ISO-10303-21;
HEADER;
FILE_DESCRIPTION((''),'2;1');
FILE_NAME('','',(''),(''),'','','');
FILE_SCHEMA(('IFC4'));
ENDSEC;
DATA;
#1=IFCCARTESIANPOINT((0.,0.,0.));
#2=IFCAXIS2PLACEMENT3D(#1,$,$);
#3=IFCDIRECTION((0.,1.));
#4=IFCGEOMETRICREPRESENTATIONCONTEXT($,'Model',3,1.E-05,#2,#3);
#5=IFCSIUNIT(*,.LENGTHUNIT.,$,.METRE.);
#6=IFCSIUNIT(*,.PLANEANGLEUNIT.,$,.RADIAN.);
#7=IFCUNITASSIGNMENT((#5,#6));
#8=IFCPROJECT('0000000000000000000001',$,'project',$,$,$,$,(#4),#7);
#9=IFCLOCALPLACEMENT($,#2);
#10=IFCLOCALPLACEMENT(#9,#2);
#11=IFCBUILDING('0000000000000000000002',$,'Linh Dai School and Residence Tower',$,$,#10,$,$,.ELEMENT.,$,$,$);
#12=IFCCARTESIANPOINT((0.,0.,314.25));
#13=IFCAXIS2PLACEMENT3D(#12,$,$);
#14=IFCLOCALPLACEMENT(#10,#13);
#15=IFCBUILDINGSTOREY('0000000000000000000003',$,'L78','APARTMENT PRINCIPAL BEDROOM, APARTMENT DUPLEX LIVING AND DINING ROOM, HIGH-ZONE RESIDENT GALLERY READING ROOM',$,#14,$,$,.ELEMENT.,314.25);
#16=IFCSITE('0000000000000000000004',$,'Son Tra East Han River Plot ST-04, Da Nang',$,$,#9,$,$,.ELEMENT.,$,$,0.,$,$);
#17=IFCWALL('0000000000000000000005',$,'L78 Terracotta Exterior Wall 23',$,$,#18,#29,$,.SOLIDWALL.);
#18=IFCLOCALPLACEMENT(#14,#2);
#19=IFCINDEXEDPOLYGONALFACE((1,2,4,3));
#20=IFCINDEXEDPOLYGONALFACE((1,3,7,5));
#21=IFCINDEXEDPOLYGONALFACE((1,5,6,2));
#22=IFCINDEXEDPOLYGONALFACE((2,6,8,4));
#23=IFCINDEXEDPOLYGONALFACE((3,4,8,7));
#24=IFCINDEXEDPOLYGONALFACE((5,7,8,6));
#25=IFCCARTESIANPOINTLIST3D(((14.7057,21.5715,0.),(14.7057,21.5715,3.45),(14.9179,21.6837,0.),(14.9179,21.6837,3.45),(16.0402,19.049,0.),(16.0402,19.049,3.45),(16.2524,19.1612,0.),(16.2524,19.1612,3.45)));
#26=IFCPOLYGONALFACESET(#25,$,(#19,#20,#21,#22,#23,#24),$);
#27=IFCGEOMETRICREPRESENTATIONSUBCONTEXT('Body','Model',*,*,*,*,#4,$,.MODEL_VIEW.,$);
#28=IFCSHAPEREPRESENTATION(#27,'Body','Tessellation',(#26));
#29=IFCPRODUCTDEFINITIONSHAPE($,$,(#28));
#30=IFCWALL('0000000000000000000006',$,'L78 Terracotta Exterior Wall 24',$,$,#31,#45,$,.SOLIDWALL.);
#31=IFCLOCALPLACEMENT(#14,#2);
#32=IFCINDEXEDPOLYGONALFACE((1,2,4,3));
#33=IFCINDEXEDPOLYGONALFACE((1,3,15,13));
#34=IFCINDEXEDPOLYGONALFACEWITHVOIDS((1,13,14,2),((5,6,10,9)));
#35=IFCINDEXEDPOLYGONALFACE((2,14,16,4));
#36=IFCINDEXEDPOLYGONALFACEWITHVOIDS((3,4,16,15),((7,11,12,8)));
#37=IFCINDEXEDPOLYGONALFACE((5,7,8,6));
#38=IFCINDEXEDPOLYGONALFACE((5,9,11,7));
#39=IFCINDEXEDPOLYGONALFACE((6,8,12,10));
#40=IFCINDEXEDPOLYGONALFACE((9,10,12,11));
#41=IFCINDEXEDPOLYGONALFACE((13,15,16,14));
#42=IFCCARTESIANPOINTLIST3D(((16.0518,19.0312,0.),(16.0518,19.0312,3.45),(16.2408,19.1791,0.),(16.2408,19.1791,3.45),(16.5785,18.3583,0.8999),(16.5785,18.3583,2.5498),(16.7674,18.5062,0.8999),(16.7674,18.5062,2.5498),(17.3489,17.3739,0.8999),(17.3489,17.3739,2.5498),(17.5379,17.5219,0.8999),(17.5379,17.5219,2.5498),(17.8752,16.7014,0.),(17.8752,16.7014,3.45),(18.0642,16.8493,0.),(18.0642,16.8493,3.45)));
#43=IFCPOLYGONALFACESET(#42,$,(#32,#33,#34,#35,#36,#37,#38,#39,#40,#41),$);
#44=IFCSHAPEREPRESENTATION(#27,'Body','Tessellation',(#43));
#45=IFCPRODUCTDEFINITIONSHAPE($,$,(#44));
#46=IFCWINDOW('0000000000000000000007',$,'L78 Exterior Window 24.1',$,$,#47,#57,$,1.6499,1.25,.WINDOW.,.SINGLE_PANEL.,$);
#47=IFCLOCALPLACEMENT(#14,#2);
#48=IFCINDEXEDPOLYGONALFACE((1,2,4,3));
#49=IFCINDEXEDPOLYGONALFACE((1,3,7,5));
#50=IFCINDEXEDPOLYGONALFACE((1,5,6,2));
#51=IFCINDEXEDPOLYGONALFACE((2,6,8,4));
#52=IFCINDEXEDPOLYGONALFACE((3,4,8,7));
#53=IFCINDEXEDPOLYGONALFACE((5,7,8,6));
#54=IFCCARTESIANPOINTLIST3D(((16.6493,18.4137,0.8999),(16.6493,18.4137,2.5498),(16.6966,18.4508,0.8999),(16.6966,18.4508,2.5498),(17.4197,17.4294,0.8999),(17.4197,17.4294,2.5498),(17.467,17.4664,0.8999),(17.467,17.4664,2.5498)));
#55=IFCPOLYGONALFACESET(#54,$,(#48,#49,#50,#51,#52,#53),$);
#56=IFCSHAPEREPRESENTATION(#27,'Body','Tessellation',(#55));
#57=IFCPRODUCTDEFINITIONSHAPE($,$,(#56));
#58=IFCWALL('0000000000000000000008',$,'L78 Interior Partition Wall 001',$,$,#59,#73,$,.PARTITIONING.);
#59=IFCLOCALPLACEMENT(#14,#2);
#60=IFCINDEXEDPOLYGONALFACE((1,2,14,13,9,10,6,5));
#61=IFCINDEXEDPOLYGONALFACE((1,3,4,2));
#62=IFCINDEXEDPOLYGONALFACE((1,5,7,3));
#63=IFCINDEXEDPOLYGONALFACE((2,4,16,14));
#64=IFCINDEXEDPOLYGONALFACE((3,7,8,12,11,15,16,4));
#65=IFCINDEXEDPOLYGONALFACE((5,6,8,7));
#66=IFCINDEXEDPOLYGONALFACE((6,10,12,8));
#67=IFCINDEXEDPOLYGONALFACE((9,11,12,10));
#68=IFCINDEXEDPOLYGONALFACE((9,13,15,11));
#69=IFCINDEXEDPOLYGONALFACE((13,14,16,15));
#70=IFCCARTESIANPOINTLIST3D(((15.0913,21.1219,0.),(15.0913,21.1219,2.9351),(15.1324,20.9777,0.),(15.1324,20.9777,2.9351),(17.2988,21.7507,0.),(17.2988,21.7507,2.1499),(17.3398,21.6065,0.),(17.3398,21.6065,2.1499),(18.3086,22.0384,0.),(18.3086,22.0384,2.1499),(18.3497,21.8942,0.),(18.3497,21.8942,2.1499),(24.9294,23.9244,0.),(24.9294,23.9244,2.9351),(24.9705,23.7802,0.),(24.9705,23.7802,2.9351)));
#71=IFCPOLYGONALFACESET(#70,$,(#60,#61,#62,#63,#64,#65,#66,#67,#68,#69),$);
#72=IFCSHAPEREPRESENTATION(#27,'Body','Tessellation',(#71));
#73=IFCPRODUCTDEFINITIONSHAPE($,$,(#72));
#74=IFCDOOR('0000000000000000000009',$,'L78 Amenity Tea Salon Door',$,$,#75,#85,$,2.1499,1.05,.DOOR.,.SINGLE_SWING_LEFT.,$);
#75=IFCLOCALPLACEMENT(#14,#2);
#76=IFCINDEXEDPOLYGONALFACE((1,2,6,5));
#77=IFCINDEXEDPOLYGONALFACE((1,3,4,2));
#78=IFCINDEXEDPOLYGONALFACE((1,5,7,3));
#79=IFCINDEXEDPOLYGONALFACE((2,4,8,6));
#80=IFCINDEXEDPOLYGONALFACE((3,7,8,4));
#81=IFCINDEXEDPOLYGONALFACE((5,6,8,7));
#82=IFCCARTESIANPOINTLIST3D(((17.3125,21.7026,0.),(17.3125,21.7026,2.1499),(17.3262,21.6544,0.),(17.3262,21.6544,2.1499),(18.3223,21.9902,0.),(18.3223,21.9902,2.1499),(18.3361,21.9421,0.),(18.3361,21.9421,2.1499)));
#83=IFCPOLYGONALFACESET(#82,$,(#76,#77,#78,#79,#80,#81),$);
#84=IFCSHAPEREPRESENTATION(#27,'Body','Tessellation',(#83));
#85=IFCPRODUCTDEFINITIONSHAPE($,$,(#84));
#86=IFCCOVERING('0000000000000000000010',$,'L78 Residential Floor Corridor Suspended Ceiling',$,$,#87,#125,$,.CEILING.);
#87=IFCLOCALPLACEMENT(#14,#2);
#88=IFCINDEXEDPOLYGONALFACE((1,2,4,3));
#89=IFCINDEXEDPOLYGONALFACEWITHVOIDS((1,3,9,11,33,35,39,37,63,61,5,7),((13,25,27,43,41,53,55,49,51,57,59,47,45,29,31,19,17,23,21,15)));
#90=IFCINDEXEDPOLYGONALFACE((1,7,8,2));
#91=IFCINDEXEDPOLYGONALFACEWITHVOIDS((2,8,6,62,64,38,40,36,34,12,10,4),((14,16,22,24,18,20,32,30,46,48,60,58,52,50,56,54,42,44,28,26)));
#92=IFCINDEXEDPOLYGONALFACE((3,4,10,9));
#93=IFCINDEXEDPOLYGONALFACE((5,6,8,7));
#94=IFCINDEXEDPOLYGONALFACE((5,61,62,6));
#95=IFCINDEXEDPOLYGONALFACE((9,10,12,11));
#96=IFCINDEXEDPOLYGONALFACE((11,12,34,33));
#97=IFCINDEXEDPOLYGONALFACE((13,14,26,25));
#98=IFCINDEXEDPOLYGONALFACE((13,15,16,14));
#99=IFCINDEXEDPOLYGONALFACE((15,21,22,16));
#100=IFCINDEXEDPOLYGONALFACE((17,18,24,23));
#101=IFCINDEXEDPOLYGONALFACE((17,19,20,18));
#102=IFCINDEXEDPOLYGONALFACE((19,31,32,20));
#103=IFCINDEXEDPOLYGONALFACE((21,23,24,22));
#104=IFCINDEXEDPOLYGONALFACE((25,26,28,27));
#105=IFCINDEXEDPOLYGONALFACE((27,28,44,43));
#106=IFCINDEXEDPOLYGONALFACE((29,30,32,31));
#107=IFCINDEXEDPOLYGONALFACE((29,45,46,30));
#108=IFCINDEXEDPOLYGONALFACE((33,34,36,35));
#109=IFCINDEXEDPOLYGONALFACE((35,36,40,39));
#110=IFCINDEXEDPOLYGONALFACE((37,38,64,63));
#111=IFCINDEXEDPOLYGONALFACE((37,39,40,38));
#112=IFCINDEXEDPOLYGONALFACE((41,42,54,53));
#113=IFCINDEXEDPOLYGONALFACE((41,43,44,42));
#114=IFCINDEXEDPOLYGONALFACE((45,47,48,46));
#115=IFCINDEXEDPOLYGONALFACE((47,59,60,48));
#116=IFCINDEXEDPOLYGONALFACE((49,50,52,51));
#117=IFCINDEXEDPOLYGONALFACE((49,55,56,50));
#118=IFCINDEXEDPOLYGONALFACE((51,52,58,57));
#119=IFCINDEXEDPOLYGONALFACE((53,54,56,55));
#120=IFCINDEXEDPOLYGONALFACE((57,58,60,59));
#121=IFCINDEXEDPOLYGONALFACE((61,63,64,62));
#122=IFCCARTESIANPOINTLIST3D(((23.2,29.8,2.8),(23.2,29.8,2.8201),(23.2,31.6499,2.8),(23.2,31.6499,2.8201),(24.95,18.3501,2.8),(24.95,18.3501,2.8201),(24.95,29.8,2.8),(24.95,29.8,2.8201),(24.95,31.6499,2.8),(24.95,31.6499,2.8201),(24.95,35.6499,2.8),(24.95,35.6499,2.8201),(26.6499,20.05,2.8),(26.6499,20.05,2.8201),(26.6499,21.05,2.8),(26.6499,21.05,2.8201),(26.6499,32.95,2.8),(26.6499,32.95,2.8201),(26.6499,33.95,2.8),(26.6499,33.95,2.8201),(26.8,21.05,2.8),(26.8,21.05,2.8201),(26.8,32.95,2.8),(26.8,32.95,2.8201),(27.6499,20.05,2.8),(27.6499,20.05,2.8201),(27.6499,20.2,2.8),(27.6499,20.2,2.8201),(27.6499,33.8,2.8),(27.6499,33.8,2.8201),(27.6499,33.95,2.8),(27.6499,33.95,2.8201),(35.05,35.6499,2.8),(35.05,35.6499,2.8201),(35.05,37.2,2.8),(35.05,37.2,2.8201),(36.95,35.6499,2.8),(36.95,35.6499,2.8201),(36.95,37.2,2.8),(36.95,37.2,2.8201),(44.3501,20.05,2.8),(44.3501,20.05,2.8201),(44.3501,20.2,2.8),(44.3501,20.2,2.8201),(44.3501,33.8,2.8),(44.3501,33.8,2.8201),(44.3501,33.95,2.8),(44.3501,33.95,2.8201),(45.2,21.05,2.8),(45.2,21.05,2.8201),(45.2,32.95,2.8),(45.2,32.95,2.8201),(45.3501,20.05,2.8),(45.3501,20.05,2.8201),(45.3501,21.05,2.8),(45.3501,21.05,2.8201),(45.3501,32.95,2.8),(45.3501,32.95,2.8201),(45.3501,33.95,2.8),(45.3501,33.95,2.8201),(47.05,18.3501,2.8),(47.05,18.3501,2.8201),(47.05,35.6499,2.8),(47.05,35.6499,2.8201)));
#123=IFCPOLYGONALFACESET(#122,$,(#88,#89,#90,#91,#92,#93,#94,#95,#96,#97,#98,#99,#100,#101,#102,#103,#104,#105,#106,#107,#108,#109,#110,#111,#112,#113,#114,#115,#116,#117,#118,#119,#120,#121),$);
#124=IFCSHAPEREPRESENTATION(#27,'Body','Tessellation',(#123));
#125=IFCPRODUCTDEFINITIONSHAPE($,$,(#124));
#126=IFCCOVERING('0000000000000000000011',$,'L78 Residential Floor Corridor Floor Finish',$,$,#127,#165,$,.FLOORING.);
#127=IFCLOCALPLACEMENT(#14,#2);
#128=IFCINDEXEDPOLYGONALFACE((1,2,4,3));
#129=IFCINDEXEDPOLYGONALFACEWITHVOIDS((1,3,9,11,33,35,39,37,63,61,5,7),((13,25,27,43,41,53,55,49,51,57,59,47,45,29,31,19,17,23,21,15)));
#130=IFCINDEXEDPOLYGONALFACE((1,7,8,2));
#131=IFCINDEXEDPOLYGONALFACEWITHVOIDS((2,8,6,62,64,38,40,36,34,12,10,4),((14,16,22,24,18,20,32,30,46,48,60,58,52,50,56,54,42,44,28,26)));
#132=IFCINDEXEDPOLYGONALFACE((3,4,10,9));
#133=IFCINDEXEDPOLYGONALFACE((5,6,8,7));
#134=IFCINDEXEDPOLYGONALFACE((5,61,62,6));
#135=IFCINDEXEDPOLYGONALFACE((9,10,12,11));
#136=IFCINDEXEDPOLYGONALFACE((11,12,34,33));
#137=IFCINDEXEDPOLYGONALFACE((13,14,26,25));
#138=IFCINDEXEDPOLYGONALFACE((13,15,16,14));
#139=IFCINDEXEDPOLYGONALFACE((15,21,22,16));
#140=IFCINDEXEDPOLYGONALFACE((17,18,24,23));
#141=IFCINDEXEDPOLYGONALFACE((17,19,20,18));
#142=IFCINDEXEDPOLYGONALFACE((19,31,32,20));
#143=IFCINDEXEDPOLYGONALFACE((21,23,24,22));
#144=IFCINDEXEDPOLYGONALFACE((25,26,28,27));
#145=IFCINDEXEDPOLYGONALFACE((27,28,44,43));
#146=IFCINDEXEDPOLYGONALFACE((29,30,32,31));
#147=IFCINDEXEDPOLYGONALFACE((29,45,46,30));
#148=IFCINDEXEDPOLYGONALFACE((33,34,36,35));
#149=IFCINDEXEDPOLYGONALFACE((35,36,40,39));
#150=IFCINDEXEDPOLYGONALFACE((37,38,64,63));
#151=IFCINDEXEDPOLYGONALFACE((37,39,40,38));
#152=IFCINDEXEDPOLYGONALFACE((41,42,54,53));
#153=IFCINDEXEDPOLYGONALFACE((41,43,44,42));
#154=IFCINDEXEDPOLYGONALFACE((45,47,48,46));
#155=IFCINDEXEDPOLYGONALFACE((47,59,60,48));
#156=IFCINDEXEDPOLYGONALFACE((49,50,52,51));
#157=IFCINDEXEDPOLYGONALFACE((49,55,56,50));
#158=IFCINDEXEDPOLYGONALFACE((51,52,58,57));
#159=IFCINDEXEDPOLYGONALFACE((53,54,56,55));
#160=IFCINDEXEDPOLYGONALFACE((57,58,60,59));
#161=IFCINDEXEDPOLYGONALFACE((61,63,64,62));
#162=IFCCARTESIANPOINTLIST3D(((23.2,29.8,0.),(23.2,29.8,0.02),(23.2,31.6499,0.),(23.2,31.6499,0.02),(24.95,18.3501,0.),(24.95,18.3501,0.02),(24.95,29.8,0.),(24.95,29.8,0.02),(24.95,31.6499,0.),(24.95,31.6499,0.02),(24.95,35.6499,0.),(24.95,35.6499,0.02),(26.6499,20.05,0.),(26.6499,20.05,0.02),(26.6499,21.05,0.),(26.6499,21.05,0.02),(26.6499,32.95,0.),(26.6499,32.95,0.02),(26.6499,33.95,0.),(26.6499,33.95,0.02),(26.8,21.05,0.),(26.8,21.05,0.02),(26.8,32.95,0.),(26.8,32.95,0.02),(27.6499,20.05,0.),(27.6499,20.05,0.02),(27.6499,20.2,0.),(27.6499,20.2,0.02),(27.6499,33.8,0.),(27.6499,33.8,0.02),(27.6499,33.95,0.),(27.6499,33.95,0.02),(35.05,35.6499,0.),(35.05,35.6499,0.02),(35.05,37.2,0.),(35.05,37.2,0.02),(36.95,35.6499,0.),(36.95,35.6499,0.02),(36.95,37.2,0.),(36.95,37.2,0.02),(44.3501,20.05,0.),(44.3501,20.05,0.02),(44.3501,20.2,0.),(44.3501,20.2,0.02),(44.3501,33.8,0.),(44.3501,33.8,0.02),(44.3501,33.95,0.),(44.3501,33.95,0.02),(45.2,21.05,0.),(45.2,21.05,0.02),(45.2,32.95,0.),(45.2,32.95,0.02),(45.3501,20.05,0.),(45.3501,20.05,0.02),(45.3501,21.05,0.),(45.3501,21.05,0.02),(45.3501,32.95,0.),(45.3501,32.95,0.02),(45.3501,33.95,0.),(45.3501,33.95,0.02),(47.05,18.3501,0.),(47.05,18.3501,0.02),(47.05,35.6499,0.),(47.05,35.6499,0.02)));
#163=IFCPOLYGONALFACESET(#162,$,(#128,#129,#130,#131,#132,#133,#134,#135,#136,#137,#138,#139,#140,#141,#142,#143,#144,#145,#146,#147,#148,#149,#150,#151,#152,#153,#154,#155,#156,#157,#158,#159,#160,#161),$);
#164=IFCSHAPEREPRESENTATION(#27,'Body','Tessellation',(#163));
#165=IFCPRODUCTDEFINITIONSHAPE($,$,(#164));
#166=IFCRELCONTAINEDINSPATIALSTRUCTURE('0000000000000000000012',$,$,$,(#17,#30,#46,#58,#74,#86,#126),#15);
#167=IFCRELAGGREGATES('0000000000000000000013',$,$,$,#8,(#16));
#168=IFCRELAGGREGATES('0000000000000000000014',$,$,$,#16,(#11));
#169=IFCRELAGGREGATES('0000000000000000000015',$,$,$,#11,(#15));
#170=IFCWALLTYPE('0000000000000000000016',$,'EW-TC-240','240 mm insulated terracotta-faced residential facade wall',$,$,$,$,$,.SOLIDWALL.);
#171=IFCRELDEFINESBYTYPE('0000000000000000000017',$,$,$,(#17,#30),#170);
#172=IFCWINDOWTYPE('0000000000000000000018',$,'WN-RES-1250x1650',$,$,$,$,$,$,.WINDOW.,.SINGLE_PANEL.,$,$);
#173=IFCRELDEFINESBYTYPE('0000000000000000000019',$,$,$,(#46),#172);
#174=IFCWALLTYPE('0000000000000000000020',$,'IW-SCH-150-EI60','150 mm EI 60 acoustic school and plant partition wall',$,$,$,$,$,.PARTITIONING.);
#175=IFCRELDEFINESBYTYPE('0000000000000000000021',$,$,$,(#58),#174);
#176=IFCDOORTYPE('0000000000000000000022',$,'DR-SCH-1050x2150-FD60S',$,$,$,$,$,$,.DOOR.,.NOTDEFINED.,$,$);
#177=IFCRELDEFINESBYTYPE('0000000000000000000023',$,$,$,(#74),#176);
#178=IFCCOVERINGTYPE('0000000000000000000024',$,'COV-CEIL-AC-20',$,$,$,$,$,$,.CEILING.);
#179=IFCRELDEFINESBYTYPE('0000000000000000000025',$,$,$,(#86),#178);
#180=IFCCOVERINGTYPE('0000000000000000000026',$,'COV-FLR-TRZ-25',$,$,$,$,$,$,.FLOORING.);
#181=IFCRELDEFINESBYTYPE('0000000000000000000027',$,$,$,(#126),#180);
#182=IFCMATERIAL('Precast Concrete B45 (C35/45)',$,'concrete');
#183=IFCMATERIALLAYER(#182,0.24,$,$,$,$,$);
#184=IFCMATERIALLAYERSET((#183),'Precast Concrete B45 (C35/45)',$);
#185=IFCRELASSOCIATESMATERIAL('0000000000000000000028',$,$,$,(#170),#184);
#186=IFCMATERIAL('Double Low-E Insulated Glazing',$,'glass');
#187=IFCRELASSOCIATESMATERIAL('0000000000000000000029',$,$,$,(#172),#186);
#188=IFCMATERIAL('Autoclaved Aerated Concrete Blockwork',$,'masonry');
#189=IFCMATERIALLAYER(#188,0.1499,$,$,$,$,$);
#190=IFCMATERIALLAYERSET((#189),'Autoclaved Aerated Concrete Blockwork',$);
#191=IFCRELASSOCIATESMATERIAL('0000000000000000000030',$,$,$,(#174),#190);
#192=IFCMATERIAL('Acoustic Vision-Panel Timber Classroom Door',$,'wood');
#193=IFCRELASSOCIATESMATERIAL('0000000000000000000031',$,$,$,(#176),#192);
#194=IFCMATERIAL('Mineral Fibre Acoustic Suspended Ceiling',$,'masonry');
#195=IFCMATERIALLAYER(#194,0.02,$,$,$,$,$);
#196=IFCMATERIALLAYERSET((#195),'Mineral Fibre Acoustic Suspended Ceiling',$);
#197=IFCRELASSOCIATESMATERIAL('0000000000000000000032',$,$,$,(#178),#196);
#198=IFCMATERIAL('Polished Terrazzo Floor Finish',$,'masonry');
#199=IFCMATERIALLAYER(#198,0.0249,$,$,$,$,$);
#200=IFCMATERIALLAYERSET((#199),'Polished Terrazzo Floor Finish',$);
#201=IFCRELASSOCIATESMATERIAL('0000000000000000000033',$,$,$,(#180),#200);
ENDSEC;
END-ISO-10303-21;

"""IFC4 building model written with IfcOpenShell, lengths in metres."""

from ifc_helpers import new_model, si_unit, direction, frame, frame_2d, origin, origin_2d, place, context, subcontext, project, spatial, polyline, rectangle, outline, extrude, source, transform, mapped, material, layer, layer_set, type_object, element, fill, save


model = new_model("IFC4")

# Units and contexts
model_context = context("Model", 3, precision=1e-05, world=origin(), true_north=direction((0.0, 1.0)))
body_context = subcontext(model_context, "Body", "Model", "MODEL_VIEW")
ifc_project = project(units=[si_unit("LENGTHUNIT", "METRE"), si_unit("PLANEANGLEUNIT", "RADIAN")], contexts=[model_context])

# Site, building, storey
site_placement = place(None, origin())
site = spatial("IfcSite", under=ifc_project, at=site_placement, Name="Son Tra East Han River Plot ST-04, Da Nang", CompositionType="ELEMENT", RefElevation=0.0)
building_placement = place(site_placement, origin())
building = spatial("IfcBuilding", under=site, at=building_placement, Name="Linh Dai School and Residence Tower", CompositionType="ELEMENT")
storey_placement = place(building_placement, frame((0.0, 0.0, 314.25)))
storey = spatial("IfcBuildingStorey", under=building, at=storey_placement, Name="L78", Description="APARTMENT PRINCIPAL BEDROOM, APARTMENT DUPLEX LIVING AND DINING ROOM, HIGH-ZONE RESIDENT GALLERY READING ROOM", CompositionType="ELEMENT", Elevation=314.25)

# Shared definitions
ifc_material_1 = material(Name="Precast Concrete B45 (C35/45)", Category="concrete")

# Wall
ifc_layer_1 = layer(ifc_material_1, 0.24)
ifc_layer_set_1 = layer_set([ifc_layer_1], Name="Precast Concrete B45 (C35/45)")
wall_type_1 = type_object("IfcWallType", Name="EW-TC-240", Description="240 mm insulated terracotta-faced residential facade wall", PredefinedType="SOLIDWALL", material=ifc_layer_set_1)
wall_1_placement = place(storey_placement, frame((16.1462, 19.1052, 0.0), z_axis=(0.0, 0.0, 1.0), x_axis=(-0.467628, 0.883925, 0.0)))
element("IfcWall", 1, at=wall_1_placement, inside=storey, type_object=wall_type_1, Name="L78 Terracotta Exterior Wall 23", PredefinedType="SOLIDWALL", context=body_context, shape_type="SweptSolid", body=[
    extrude(rectangle(XDim=2.8538, YDim=0.24, at=frame_2d((1.4268, 0.0))), origin(), (0.0, 0.0, 1.0), 3.45),
])

# Wall, opening, window
wall_2_placement = place(storey_placement, frame((17.9697, 16.7754, 0.0), z_axis=(0.0, 0.0, 1.0), x_axis=(-0.616337, 0.787482, 0.0)))
wall_2 = element("IfcWall", 2, at=wall_2_placement, inside=storey, type_object=wall_type_1, Name="L78 Terracotta Exterior Wall 24", PredefinedType="SOLIDWALL", context=body_context, shape_type="SweptSolid", body=[
    extrude(rectangle(XDim=2.9585, YDim=0.24, at=frame_2d((1.4792, 0.0))), origin(), (0.0, 0.0, 1.0), 3.45),
])
opening_1_placement = place(wall_2_placement, frame((0.854, 0.0, 0.8999)))
opening_1 = element("IfcOpeningElement", 3, at=opening_1_placement, cuts=wall_2, PredefinedType="OPENING", context=body_context, shape_type="SweptSolid", body=[
    extrude(rectangle(XDim=1.25, YDim=1.6499, at=origin_2d()), frame((0.625, 0.1299, 0.825), z_axis=(0.0, -1.0, 0.0), x_axis=(1.0, 0.0, 0.0)), (0.0, 0.0, 1.0), 0.26),
])
ifc_material_2 = material(Name="Double Low-E Insulated Glazing", Category="glass")
window_type = type_object("IfcWindowType", Name="WN-RES-1250x1650", PartitioningType="SINGLE_PANEL", PredefinedType="WINDOW", material=ifc_material_2)
shared_shape_1 = source(origin(), body_context, "Body", "SweptSolid", [
    extrude(rectangle(XDim=1.25, YDim=1.6499, at=origin_2d()), frame((0.625, 0.03, 0.825), z_axis=(0.0, -1.0, 0.0), x_axis=(1.0, 0.0, 0.0)), (0.0, 0.0, 1.0), 0.0601),
])
window_placement = place(opening_1_placement, origin())
window = element("IfcWindow", 4, at=window_placement, inside=storey, type_object=window_type, Name="L78 Exterior Window 24.1", OverallHeight=1.6499, OverallWidth=1.25, PartitioningType="SINGLE_PANEL", PredefinedType="WINDOW", context=body_context, shape_type="MappedRepresentation", body=[
    mapped(shared_shape_1, transform((0.0, 0.0, 0.0), x_axis=(1.0, 0.0, 0.0), y_axis=(0.0, 1.0, 0.0), z_axis=(0.0, 0.0, 1.0), scale=1.0)),
])
fill(opening_1, window)

# Wall, opening, door
ifc_material_3 = material(Name="Autoclaved Aerated Concrete Blockwork", Category="masonry")
ifc_layer_2 = layer(ifc_material_3, 0.1499)
ifc_layer_set_2 = layer_set([ifc_layer_2], Name="Autoclaved Aerated Concrete Blockwork")
wall_type_2 = type_object("IfcWallType", Name="IW-SCH-150-EI60", Description="150 mm EI 60 acoustic school and plant partition wall", PredefinedType="PARTITIONING", material=ifc_layer_set_2)
wall_3_placement = place(storey_placement, frame((15.1118, 21.0498, 0.0), z_axis=(0.0, 0.0, 1.0), x_axis=(0.961741, 0.273961, 0.0)))
wall_3 = element("IfcWall", 5, at=wall_3_placement, inside=storey, type_object=wall_type_2, Name="L78 Interior Partition Wall 001", PredefinedType="PARTITIONING", context=body_context, shape_type="SweptSolid", body=[
    extrude(rectangle(XDim=10.2295, YDim=0.1499, at=frame_2d((5.1147, 0.0))), origin(), (0.0, 0.0, 1.0), 2.9351),
])
opening_2_placement = place(wall_3_placement, frame((2.2954, 0.0, 0.0)))
opening_2 = element("IfcOpeningElement", 6, at=opening_2_placement, cuts=wall_3, PredefinedType="OPENING", context=body_context, shape_type="SweptSolid", body=[
    extrude(rectangle(XDim=1.05, YDim=2.1499, at=origin_2d()), frame((0.5249, 0.085, 1.075), z_axis=(0.0, -1.0, 0.0), x_axis=(1.0, 0.0, 0.0)), (0.0, 0.0, 1.0), 0.1699),
])
ifc_material_4 = material(Name="Acoustic Vision-Panel Timber Classroom Door", Category="wood")
door_type = type_object("IfcDoorType", Name="DR-SCH-1050x2150-FD60S", OperationType="NOTDEFINED", PredefinedType="DOOR", material=ifc_material_4)
shared_shape_2 = source(origin(), body_context, "Body", "SweptSolid", [
    extrude(rectangle(XDim=1.05, YDim=2.1499, at=origin_2d()), frame((0.5249, 0.0249, 1.075), z_axis=(0.0, -1.0, 0.0), x_axis=(1.0, 0.0, 0.0)), (0.0, 0.0, 1.0), 0.05),
])
door_placement = place(opening_2_placement, origin())
door = element("IfcDoor", 7, at=door_placement, inside=storey, type_object=door_type, Name="L78 Amenity Tea Salon Door", OperationType="SINGLE_SWING_LEFT", OverallHeight=2.1499, OverallWidth=1.05, PredefinedType="DOOR", context=body_context, shape_type="MappedRepresentation", body=[
    mapped(shared_shape_2, transform((0.0, 0.0, 0.0), x_axis=(1.0, 0.0, 0.0), y_axis=(0.0, 1.0, 0.0), z_axis=(0.0, 0.0, 1.0), scale=1.0)),
])
fill(opening_2, door)

# Coverings
ifc_material_5 = material(Name="Mineral Fibre Acoustic Suspended Ceiling", Category="masonry")
ifc_layer_3 = layer(ifc_material_5, 0.02)
ifc_layer_set_3 = layer_set([ifc_layer_3], Name="Mineral Fibre Acoustic Suspended Ceiling")
covering_type_1 = type_object("IfcCoveringType", Name="COV-CEIL-AC-20", PredefinedType="CEILING", material=ifc_layer_set_3)
covering_1_placement = place(storey_placement, frame((0.0, 0.0, 2.8)))
element("IfcCovering", 8, at=covering_1_placement, inside=storey, type_object=covering_type_1, Name="L78 Residential Floor Corridor Suspended Ceiling", PredefinedType="CEILING", context=body_context, shape_type="SweptSolid", body=[
    extrude(outline(polyline([(23.2, 31.6499), (24.95, 31.6499), (24.95, 35.6499), (35.05, 35.6499), (35.05, 37.2), (36.95, 37.2), (36.95, 35.6499), (47.05, 35.6499), (47.05, 18.3501), (24.95, 18.3501), (24.95, 29.8), (23.2, 29.8), (23.2, 31.6499)]), holes=[polyline([(27.6499, 33.8), (27.6499, 33.95), (26.6499, 33.95), (26.6499, 32.95), (26.8, 32.95), (26.8, 21.05), (26.6499, 21.05), (26.6499, 20.05), (27.6499, 20.05), (27.6499, 20.2), (44.3501, 20.2), (44.3501, 20.05), (45.3501, 20.05), (45.3501, 21.05), (45.2, 21.05), (45.2, 32.95), (45.3501, 32.95), (45.3501, 33.95), (44.3501, 33.95), (44.3501, 33.8), (27.6499, 33.8)])]), origin(), (0.0, 0.0, 1.0), 0.02),
])
ifc_material_6 = material(Name="Polished Terrazzo Floor Finish", Category="masonry")
ifc_layer_4 = layer(ifc_material_6, 0.0249)
ifc_layer_set_4 = layer_set([ifc_layer_4], Name="Polished Terrazzo Floor Finish")
covering_type_2 = type_object("IfcCoveringType", Name="COV-FLR-TRZ-25", PredefinedType="FLOORING", material=ifc_layer_set_4)
covering_2_placement = place(storey_placement, origin())
element("IfcCovering", 9, at=covering_2_placement, inside=storey, type_object=covering_type_2, Name="L78 Residential Floor Corridor Floor Finish", PredefinedType="FLOORING", context=body_context, shape_type="SweptSolid", body=[
    extrude(outline(polyline([(23.2, 31.6499), (24.95, 31.6499), (24.95, 35.6499), (35.05, 35.6499), (35.05, 37.2), (36.95, 37.2), (36.95, 35.6499), (47.05, 35.6499), (47.05, 18.3501), (24.95, 18.3501), (24.95, 29.8), (23.2, 29.8), (23.2, 31.6499)]), holes=[polyline([(27.6499, 33.8), (27.6499, 33.95), (26.6499, 33.95), (26.6499, 32.95), (26.8, 32.95), (26.8, 21.05), (26.6499, 21.05), (26.6499, 20.05), (27.6499, 20.05), (27.6499, 20.2), (44.3501, 20.2), (44.3501, 20.05), (45.3501, 20.05), (45.3501, 21.05), (45.2, 21.05), (45.2, 32.95), (45.3501, 32.95), (45.3501, 33.95), (44.3501, 33.95), (44.3501, 33.8), (27.6499, 33.8)])]), origin(), (0.0, 0.0, 1.0), 0.02),
])

save(model, "model.ifc")
